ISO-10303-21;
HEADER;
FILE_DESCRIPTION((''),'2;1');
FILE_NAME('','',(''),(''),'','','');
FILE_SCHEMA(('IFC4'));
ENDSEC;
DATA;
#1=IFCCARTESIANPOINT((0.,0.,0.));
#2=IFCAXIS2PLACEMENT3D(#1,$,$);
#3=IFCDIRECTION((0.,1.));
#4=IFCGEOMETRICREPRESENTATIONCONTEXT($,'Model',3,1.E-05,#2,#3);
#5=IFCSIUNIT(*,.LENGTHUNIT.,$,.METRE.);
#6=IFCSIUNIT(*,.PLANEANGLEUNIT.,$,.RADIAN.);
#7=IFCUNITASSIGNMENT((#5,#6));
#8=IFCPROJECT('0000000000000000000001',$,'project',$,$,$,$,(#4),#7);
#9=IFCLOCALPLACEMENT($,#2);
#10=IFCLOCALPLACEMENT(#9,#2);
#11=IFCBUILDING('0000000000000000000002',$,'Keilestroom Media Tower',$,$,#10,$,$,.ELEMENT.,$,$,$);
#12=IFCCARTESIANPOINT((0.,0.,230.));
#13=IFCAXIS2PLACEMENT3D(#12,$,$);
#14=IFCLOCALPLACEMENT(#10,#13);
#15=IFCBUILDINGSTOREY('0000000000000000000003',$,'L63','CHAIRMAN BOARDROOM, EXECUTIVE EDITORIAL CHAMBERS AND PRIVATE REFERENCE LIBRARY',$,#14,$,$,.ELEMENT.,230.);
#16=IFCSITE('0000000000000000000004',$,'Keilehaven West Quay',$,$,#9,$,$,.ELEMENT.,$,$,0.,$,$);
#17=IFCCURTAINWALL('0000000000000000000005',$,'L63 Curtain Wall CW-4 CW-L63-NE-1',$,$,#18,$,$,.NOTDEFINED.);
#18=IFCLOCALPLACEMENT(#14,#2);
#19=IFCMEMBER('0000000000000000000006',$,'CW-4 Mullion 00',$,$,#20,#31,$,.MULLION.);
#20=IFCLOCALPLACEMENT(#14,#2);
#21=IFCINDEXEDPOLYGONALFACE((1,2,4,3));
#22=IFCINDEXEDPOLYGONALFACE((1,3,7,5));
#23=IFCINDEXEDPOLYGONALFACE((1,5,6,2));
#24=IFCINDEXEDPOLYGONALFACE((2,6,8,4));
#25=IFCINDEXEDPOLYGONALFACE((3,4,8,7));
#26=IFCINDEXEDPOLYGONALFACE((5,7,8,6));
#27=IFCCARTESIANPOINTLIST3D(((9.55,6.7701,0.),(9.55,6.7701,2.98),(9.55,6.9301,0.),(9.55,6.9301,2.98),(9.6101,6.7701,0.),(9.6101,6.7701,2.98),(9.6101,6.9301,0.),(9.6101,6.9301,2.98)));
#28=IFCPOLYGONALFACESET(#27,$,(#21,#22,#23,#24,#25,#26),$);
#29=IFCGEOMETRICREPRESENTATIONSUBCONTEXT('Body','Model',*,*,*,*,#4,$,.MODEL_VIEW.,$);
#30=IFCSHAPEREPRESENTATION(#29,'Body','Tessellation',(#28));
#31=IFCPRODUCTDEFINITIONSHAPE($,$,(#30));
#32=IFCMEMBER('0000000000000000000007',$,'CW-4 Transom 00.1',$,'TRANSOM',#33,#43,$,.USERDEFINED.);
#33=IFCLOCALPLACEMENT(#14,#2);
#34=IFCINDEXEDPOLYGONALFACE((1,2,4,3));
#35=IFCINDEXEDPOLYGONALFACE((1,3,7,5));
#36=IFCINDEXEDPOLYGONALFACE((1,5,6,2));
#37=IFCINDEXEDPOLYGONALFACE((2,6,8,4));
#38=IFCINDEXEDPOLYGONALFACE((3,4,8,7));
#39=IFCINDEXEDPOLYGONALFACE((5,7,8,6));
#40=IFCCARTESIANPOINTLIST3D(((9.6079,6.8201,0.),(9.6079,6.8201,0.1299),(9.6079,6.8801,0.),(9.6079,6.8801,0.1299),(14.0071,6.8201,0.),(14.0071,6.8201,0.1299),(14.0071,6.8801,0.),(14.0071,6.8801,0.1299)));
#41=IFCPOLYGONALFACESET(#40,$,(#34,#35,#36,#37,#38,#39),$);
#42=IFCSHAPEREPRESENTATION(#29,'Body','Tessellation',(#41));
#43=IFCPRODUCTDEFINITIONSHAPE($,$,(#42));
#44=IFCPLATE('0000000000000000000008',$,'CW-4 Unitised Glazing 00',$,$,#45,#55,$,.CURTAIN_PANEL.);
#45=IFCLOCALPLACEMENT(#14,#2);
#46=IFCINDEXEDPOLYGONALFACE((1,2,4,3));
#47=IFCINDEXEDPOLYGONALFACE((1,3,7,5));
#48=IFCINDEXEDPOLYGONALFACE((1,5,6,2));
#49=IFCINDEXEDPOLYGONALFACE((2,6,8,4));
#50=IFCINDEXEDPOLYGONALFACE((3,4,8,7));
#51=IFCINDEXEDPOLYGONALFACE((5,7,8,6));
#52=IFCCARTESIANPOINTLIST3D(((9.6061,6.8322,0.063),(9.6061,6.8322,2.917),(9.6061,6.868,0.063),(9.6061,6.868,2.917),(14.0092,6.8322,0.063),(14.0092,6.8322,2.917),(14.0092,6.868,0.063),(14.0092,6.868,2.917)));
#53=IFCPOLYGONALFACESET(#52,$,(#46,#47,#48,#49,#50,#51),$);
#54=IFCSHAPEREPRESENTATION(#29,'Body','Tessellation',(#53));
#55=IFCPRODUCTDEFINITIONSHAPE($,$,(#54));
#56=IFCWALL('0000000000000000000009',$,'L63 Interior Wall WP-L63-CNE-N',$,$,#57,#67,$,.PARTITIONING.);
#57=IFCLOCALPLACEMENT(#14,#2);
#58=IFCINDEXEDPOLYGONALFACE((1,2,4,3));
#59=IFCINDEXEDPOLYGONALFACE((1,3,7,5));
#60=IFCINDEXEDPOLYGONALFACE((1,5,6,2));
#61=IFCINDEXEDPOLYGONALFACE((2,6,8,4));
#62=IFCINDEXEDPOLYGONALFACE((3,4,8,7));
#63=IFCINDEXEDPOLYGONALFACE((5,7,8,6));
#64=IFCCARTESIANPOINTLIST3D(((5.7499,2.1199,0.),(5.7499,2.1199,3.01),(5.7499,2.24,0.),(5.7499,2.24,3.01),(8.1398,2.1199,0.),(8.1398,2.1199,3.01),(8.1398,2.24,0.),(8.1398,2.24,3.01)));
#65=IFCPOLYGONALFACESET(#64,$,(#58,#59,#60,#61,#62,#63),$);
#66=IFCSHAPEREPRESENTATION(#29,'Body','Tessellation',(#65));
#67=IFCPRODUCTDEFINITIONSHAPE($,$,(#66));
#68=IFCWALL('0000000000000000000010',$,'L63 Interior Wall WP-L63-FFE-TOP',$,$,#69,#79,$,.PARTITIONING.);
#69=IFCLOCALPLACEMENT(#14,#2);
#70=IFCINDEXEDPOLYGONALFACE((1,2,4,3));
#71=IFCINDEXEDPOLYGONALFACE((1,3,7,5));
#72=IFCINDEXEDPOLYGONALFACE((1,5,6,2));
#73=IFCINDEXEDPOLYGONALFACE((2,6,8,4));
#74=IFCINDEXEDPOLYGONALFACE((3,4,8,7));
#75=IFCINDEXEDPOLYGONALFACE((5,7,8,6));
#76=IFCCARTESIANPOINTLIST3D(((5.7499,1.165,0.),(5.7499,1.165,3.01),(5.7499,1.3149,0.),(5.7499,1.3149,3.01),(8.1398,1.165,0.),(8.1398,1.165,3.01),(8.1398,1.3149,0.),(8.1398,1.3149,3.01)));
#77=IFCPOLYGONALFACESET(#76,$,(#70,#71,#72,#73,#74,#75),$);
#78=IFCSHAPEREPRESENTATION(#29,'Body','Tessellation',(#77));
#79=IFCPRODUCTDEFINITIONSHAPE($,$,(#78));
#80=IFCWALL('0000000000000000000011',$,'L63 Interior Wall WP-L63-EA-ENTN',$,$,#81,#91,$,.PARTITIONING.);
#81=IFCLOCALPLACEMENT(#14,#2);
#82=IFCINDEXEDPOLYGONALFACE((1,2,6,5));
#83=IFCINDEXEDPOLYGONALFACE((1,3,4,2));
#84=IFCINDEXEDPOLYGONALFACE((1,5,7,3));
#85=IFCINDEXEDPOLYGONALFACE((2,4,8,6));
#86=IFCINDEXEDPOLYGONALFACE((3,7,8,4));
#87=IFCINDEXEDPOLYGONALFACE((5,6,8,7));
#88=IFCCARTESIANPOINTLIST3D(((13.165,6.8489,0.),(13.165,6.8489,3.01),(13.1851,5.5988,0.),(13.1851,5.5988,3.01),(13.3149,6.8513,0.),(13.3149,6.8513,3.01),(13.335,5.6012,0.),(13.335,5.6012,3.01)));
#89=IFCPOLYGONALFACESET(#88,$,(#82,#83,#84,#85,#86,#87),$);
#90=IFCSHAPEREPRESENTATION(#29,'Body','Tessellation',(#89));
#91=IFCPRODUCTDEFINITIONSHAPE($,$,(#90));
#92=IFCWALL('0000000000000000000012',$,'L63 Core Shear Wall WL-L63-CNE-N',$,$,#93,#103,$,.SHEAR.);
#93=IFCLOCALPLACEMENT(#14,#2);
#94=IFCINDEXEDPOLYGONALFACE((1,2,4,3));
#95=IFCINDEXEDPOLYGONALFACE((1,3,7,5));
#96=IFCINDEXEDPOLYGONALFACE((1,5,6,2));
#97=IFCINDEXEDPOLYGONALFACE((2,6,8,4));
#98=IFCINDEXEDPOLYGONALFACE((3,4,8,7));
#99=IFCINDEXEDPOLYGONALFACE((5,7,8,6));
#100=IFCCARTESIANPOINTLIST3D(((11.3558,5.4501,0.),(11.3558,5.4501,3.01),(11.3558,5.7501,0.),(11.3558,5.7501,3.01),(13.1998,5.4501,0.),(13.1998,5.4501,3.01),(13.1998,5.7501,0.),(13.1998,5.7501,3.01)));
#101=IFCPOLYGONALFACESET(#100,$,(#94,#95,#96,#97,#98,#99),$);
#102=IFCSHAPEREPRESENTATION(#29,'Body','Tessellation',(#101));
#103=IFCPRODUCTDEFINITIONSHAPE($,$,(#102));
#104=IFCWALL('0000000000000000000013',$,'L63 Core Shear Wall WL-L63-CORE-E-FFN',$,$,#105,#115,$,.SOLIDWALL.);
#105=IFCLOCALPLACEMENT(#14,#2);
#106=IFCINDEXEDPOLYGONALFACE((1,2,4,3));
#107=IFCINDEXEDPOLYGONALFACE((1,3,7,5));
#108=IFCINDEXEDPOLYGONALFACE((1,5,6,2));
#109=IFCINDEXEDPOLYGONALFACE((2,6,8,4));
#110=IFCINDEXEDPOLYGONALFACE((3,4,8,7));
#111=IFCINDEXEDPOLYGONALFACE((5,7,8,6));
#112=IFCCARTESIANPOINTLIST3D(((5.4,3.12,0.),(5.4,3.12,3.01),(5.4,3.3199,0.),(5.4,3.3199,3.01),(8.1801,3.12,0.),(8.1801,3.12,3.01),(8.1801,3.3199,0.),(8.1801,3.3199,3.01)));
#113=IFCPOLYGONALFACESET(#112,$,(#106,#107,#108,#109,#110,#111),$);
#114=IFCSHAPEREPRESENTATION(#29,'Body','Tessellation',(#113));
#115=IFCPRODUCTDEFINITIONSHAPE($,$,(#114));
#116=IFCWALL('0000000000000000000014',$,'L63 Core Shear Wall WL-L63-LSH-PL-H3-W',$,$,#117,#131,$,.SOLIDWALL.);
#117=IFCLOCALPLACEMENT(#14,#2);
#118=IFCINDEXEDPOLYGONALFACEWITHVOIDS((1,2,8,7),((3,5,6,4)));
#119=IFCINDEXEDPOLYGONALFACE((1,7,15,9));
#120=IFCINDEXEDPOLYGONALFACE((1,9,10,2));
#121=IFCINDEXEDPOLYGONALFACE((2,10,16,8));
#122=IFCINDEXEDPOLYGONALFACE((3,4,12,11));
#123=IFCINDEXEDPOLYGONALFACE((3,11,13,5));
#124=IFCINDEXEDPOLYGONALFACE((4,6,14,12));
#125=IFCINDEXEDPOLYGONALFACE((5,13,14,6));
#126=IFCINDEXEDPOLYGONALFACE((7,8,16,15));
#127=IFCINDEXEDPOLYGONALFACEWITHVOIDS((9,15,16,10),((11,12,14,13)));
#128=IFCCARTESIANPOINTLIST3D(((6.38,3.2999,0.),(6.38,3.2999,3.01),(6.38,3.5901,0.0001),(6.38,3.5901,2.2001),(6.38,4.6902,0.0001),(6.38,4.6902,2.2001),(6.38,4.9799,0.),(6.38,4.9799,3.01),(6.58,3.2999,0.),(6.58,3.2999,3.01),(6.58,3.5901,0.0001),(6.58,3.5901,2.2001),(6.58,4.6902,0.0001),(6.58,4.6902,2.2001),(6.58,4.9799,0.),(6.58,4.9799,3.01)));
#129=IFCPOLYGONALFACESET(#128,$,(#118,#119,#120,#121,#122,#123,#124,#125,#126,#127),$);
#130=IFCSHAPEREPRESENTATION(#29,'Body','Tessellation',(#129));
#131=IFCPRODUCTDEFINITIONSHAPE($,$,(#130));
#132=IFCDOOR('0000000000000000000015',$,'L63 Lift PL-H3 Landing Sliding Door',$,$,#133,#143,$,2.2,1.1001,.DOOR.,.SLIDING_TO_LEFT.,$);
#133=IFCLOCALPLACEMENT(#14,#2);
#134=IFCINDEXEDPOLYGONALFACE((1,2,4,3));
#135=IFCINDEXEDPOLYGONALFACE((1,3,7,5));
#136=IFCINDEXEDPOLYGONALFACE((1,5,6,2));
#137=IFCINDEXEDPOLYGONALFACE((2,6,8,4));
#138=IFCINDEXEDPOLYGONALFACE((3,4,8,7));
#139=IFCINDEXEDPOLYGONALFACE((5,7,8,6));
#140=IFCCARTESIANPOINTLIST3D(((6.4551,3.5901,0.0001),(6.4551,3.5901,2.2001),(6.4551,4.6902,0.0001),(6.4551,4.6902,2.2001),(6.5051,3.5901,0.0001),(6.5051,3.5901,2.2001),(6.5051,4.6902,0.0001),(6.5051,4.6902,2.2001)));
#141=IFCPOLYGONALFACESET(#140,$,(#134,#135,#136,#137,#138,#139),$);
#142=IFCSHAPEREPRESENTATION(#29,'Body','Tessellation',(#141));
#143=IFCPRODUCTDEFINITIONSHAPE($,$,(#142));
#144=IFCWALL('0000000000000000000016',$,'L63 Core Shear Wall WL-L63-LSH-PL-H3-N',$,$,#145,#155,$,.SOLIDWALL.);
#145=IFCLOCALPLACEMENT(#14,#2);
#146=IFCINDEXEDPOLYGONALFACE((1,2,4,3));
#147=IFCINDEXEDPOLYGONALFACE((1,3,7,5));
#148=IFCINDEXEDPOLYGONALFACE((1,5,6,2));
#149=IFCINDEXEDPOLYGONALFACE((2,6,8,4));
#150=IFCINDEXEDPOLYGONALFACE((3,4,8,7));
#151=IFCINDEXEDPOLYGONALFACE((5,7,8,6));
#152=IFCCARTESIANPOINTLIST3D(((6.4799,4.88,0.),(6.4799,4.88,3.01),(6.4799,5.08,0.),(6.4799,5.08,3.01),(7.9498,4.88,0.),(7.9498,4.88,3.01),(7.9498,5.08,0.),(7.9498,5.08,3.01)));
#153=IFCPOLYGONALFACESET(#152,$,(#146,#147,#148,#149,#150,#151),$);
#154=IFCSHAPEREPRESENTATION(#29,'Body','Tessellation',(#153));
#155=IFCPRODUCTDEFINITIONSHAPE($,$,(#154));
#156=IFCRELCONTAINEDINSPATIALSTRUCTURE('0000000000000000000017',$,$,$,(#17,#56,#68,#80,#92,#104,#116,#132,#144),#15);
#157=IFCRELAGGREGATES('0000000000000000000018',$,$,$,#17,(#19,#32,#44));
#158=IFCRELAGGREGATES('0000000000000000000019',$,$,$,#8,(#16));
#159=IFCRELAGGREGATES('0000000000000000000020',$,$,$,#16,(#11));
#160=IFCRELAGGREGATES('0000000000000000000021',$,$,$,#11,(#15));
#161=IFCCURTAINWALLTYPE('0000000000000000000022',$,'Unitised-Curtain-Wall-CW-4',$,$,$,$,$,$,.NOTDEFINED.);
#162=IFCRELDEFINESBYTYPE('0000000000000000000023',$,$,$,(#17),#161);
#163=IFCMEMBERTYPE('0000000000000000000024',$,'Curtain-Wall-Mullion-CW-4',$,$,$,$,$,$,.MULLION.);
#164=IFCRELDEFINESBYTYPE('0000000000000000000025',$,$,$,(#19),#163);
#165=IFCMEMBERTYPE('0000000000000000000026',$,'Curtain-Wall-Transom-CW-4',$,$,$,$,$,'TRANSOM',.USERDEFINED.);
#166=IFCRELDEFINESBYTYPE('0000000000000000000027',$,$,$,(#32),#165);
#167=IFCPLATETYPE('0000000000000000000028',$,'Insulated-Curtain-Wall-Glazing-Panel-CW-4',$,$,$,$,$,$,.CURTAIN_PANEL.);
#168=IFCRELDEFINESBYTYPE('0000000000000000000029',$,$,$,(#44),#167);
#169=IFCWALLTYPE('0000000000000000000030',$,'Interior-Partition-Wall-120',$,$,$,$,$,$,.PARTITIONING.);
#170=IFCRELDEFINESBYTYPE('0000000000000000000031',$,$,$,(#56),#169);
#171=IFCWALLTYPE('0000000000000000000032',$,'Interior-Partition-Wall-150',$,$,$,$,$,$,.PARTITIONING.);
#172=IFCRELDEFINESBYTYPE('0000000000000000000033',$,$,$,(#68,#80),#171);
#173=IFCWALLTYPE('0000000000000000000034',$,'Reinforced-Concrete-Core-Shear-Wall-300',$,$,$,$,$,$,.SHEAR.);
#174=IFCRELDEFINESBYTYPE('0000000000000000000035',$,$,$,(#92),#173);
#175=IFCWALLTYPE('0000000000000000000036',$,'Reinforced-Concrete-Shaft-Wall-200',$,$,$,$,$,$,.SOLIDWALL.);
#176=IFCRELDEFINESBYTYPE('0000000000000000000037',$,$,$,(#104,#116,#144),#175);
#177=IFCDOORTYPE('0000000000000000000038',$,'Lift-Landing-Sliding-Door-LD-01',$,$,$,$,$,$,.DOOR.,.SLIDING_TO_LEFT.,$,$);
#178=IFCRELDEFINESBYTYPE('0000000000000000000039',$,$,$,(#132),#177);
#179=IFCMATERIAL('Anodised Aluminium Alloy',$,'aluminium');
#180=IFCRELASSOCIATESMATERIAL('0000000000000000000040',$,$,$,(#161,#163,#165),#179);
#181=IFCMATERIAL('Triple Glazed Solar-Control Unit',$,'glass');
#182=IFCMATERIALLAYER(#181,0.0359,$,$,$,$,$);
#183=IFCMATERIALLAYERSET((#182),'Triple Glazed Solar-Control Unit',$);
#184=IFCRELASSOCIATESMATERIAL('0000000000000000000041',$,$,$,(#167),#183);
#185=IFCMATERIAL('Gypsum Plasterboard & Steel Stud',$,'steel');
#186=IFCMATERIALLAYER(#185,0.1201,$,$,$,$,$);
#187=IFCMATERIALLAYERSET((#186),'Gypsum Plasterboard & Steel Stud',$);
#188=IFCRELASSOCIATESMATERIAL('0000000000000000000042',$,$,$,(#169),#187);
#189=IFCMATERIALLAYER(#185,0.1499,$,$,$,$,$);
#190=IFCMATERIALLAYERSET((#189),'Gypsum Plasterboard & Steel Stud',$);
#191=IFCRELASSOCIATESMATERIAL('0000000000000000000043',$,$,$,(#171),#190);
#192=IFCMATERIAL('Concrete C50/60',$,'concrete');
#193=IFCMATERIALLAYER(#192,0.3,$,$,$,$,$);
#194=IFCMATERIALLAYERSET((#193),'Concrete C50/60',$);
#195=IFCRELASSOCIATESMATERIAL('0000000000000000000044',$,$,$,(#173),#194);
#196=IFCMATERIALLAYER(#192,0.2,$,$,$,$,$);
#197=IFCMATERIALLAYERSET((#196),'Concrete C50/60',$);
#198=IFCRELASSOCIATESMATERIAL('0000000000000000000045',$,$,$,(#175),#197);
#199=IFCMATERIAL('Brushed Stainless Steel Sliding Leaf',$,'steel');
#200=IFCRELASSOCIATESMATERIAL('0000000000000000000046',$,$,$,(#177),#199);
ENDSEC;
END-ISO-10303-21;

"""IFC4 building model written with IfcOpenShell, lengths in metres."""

from ifc_helpers import new_model, si_unit, direction, frame, frame_2d, origin, origin_2d, place, context, subcontext, project, spatial, rectangle, extrude, source, transform, mapped, material, layer, layer_set, material_profile, profile_set, type_object, element, fill, aggregate, save


model = new_model("IFC4")

# Units and contexts
model_context = context("Model", 3, precision=1e-05, world=origin(), true_north=direction((0.0, 1.0)))
body_context = subcontext(model_context, "Body", "Model", "MODEL_VIEW")
ifc_project = project(units=[si_unit("LENGTHUNIT", "METRE"), si_unit("PLANEANGLEUNIT", "RADIAN")], contexts=[model_context])

# Site, building, storey
site_placement = place(None, origin())
site = spatial("IfcSite", under=ifc_project, at=site_placement, Name="Keilehaven West Quay", CompositionType="ELEMENT", RefElevation=0.0)
building_placement = place(site_placement, origin())
building = spatial("IfcBuilding", under=site, at=building_placement, Name="Keilestroom Media Tower", CompositionType="ELEMENT")
storey_placement = place(building_placement, frame((0.0, 0.0, 230.0)))
storey = spatial("IfcBuildingStorey", under=building, at=storey_placement, Name="L63", Description="CHAIRMAN BOARDROOM, EXECUTIVE EDITORIAL CHAMBERS AND PRIVATE REFERENCE LIBRARY", CompositionType="ELEMENT", Elevation=230.0)

# Curtain wall, members, plate
ifc_material_1 = material(Name="Anodised Aluminium Alloy", Category="aluminium")
curtain_wall_type = type_object("IfcCurtainWallType", Name="Unitised-Curtain-Wall-CW-4", PredefinedType="NOTDEFINED", material=ifc_material_1)
curtain_wall_placement = place(storey_placement, origin())
curtain_wall = element("IfcCurtainWall", 1, at=curtain_wall_placement, inside=storey, type_object=curtain_wall_type, Name="L63 Curtain Wall CW-4 CW-L63-NE-1", PredefinedType="NOTDEFINED")
ifc_material_profile_1 = material_profile(ifc_material_1, rectangle(XDim=0.0601, YDim=0.1599, at=origin_2d()), Name="ALU MULLION 60x160")
ifc_profile_set_1 = profile_set([ifc_material_profile_1], Name="Anodised Aluminium Alloy")
member_type_1 = type_object("IfcMemberType", Name="Curtain-Wall-Mullion-CW-4", PredefinedType="MULLION", material=ifc_profile_set_1)
shared_shape_1 = source(origin(), body_context, "Body", "SweptSolid", [
    extrude(rectangle(XDim=0.0601, YDim=0.1599, at=origin_2d()), origin(), (0.0, 0.0, 1.0), 2.98),
])
member_1_placement = place(storey_placement, frame((9.5801, 6.8501, 0.0), z_axis=(0.0, 0.0, 1.0), x_axis=(1.0, 0.0, 0.0)))
member_1 = element("IfcMember", 2, at=member_1_placement, type_object=member_type_1, Name="CW-4 Mullion 00", PredefinedType="MULLION", context=body_context, shape_type="MappedRepresentation", body=[
    mapped(shared_shape_1, transform((0.0, 0.0, 0.0), x_axis=(1.0, 0.0, 0.0), y_axis=(0.0, 1.0, 0.0), z_axis=(0.0, 0.0, 1.0), scale=1.0)),
])
ifc_material_profile_2 = material_profile(ifc_material_1, rectangle(XDim=0.0601, YDim=0.1299, at=origin_2d()), Name="ALU TRANSOM 60x130")
ifc_profile_set_2 = profile_set([ifc_material_profile_2], Name="Anodised Aluminium Alloy")
member_type_2 = type_object("IfcMemberType", Name="Curtain-Wall-Transom-CW-4", ElementType="TRANSOM", PredefinedType="USERDEFINED", material=ifc_profile_set_2)
shared_shape_2 = source(origin(), body_context, "Body", "SweptSolid", [
    extrude(rectangle(XDim=0.0601, YDim=0.1299, at=origin_2d()), origin(), (0.0, 0.0, 1.0), 4.3992),
])
member_2_placement = place(storey_placement, frame((9.6079, 6.8501, 0.0649), z_axis=(1.0, 0.0, 0.0), x_axis=(0.0, 1.0, 0.0)))
member_2 = element("IfcMember", 3, at=member_2_placement, type_object=member_type_2, Name="CW-4 Transom 00.1", ObjectType="TRANSOM", PredefinedType="USERDEFINED", context=body_context, shape_type="MappedRepresentation", body=[
    mapped(shared_shape_2, transform((0.0, 0.0, 0.0), x_axis=(1.0, 0.0, 0.0), y_axis=(0.0, 1.0, 0.0), z_axis=(0.0, 0.0, 1.0), scale=1.0)),
])
ifc_material_2 = material(Name="Triple Glazed Solar-Control Unit", Category="glass")
ifc_layer_1 = layer(ifc_material_2, 0.0359)
ifc_layer_set_1 = layer_set([ifc_layer_1], Name="Triple Glazed Solar-Control Unit")
plate_type = type_object("IfcPlateType", Name="Insulated-Curtain-Wall-Glazing-Panel-CW-4", PredefinedType="CURTAIN_PANEL", material=ifc_layer_set_1)
shared_shape_3 = source(origin(), body_context, "Body", "SweptSolid", [
    extrude(rectangle(XDim=4.4031, YDim=0.0359, at=origin_2d()), origin(), (0.0, 0.0, 1.0), 2.854),
])
plate_placement = place(storey_placement, frame((11.8076, 6.8501, 0.063), z_axis=(0.0, 0.0, 1.0), x_axis=(1.0, 0.0, 0.0)))
plate = element("IfcPlate", 4, at=plate_placement, type_object=plate_type, Name="CW-4 Unitised Glazing 00", PredefinedType="CURTAIN_PANEL", context=body_context, shape_type="MappedRepresentation", body=[
    mapped(shared_shape_3, transform((0.0, 0.0, 0.0), x_axis=(1.0, 0.0, 0.0), y_axis=(0.0, 1.0, 0.0), z_axis=(0.0, 0.0, 1.0), scale=1.0)),
])
aggregate(curtain_wall, [member_1, member_2, plate])

# Walls
ifc_material_3 = material(Name="Gypsum Plasterboard & Steel Stud", Category="steel")
ifc_layer_2 = layer(ifc_material_3, 0.1201)
ifc_layer_set_2 = layer_set([ifc_layer_2], Name="Gypsum Plasterboard & Steel Stud")
wall_type_1 = type_object("IfcWallType", Name="Interior-Partition-Wall-120", PredefinedType="PARTITIONING", material=ifc_layer_set_2)
wall_1_placement = place(storey_placement, frame((5.75, 2.1799, 0.0), z_axis=(0.0, 0.0, 1.0), x_axis=(1.0, 0.0, 0.0)))
element("IfcWall", 5, at=wall_1_placement, inside=storey, type_object=wall_type_1, Name="L63 Interior Wall WP-L63-CNE-N", PredefinedType="PARTITIONING", context=body_context, shape_type="SweptSolid", body=[
    extrude(rectangle(XDim=2.3899, YDim=0.1201, at=frame_2d((1.1948, 0.0))), origin(), (0.0, 0.0, 1.0), 3.01),
])
ifc_layer_3 = layer(ifc_material_3, 0.1499)
ifc_layer_set_3 = layer_set([ifc_layer_3], Name="Gypsum Plasterboard & Steel Stud")
wall_type_2 = type_object("IfcWallType", Name="Interior-Partition-Wall-150", PredefinedType="PARTITIONING", material=ifc_layer_set_3)
wall_2_placement = place(storey_placement, frame((5.75, 1.24, 0.0), z_axis=(0.0, 0.0, 1.0), x_axis=(1.0, 0.0, 0.0)))
element("IfcWall", 6, at=wall_2_placement, inside=storey, type_object=wall_type_2, Name="L63 Interior Wall WP-L63-FFE-TOP", PredefinedType="PARTITIONING", context=body_context, shape_type="SweptSolid", body=[
    extrude(rectangle(XDim=2.3899, YDim=0.1499, at=frame_2d((1.1948, 0.0))), origin(), (0.0, 0.0, 1.0), 3.01),
])
wall_3_placement = place(storey_placement, frame((13.26, 5.6001, 0.0), z_axis=(0.0, 0.0, 1.0), x_axis=(-0.016014, 0.999872, 0.0)))
element("IfcWall", 7, at=wall_3_placement, inside=storey, type_object=wall_type_2, Name="L63 Interior Wall WP-L63-EA-ENTN", PredefinedType="PARTITIONING", context=body_context, shape_type="SweptSolid", body=[
    extrude(rectangle(XDim=1.2502, YDim=0.1499, at=frame_2d((0.625, 0.0))), origin(), (0.0, 0.0, 1.0), 3.01),
])
ifc_material_4 = material(Name="Concrete C50/60", Category="concrete")
ifc_layer_4 = layer(ifc_material_4, 0.3)
ifc_layer_set_4 = layer_set([ifc_layer_4], Name="Concrete C50/60")
wall_type_3 = type_object("IfcWallType", Name="Reinforced-Concrete-Core-Shear-Wall-300", PredefinedType="SHEAR", material=ifc_layer_set_4)
wall_4_placement = place(storey_placement, frame((11.356, 5.6001, 0.0), z_axis=(0.0, 0.0, 1.0), x_axis=(1.0, 0.0, 0.0)))
element("IfcWall", 8, at=wall_4_placement, inside=storey, type_object=wall_type_3, Name="L63 Core Shear Wall WL-L63-CNE-N", PredefinedType="SHEAR", context=body_context, shape_type="SweptSolid", body=[
    extrude(rectangle(XDim=1.844, YDim=0.3, at=frame_2d((0.9219, 0.0))), origin(), (0.0, 0.0, 1.0), 3.01),
])
ifc_layer_5 = layer(ifc_material_4, 0.2)
ifc_layer_set_5 = layer_set([ifc_layer_5], Name="Concrete C50/60")
wall_type_4 = type_object("IfcWallType", Name="Reinforced-Concrete-Shaft-Wall-200", PredefinedType="SOLIDWALL", material=ifc_layer_set_5)
wall_5_placement = place(storey_placement, frame((5.3999, 3.22, 0.0), z_axis=(0.0, 0.0, 1.0), x_axis=(1.0, 0.0, 0.0)))
element("IfcWall", 9, at=wall_5_placement, inside=storey, type_object=wall_type_4, Name="L63 Core Shear Wall WL-L63-CORE-E-FFN", PredefinedType="SOLIDWALL", context=body_context, shape_type="SweptSolid", body=[
    extrude(rectangle(XDim=2.78, YDim=0.2, at=frame_2d((1.3901, 0.0))), origin(), (0.0, 0.0, 1.0), 3.01),
])

# Wall, opening, door
wall_6_placement = place(storey_placement, frame((6.48, 3.3, 0.0), z_axis=(0.0, 0.0, 1.0), x_axis=(0.0, 1.0, 0.0)))
wall_6 = element("IfcWall", 10, at=wall_6_placement, inside=storey, type_object=wall_type_4, Name="L63 Core Shear Wall WL-L63-LSH-PL-H3-W", PredefinedType="SOLIDWALL", context=body_context, shape_type="SweptSolid", body=[
    extrude(rectangle(XDim=1.6799, YDim=0.2, at=frame_2d((0.8398, 0.0))), origin(), (0.0, 0.0, 1.0), 3.01),
])
opening_1_placement = place(wall_6_placement, frame((0.29, 0.0, 0.0)))
opening_1 = element("IfcOpeningElement", 11, at=opening_1_placement, cuts=wall_6, PredefinedType="OPENING", context=body_context, shape_type="SweptSolid", body=[
    extrude(rectangle(XDim=1.1001, YDim=2.2, at=frame_2d((0.55, 1.1001))), frame((0.0, 0.1099, 0.0), z_axis=(0.0, -1.0, 0.0), x_axis=(1.0, 0.0, 0.0)), (0.0, 0.0, 1.0), 0.22),
])
ifc_material_5 = material(Name="Brushed Stainless Steel Sliding Leaf", Category="steel")
door_type = type_object("IfcDoorType", Name="Lift-Landing-Sliding-Door-LD-01", OperationType="SLIDING_TO_LEFT", PredefinedType="DOOR", material=ifc_material_5)
shared_shape_4 = source(origin(), body_context, "Body", "SweptSolid", [
    extrude(rectangle(XDim=1.1001, YDim=2.2, at=frame_2d((0.55, 1.1001))), frame((0.0, 0.0249, 0.0), z_axis=(0.0, -1.0, 0.0), x_axis=(1.0, 0.0, 0.0)), (0.0, 0.0, 1.0), 0.05),
])
door_1_placement = place(opening_1_placement, origin())
door_1 = element("IfcDoor", 12, at=door_1_placement, inside=storey, type_object=door_type, Name="L63 Lift PL-H3 Landing Sliding Door", OperationType="SLIDING_TO_LEFT", OverallHeight=2.2, OverallWidth=1.1001, PredefinedType="DOOR", context=body_context, shape_type="MappedRepresentation", body=[
    mapped(shared_shape_4, transform((0.0, 0.0, 0.0), x_axis=(1.0, 0.0, 0.0), y_axis=(0.0, 1.0, 0.0), z_axis=(0.0, 0.0, 1.0), scale=1.0)),
])
fill(opening_1, door_1)

# Wall
wall_7_placement = place(storey_placement, frame((6.48, 4.98, 0.0), z_axis=(0.0, 0.0, 1.0), x_axis=(1.0, 0.0, 0.0)))
element("IfcWall", 13, at=wall_7_placement, inside=storey, type_object=wall_type_4, Name="L63 Core Shear Wall WL-L63-LSH-PL-H3-N", PredefinedType="SOLIDWALL", context=body_context, shape_type="SweptSolid", body=[
    extrude(rectangle(XDim=1.47, YDim=0.2, at=frame_2d((0.7349, 0.0))), origin(), (0.0, 0.0, 1.0), 3.01),
])

save(model, "model.ifc")
